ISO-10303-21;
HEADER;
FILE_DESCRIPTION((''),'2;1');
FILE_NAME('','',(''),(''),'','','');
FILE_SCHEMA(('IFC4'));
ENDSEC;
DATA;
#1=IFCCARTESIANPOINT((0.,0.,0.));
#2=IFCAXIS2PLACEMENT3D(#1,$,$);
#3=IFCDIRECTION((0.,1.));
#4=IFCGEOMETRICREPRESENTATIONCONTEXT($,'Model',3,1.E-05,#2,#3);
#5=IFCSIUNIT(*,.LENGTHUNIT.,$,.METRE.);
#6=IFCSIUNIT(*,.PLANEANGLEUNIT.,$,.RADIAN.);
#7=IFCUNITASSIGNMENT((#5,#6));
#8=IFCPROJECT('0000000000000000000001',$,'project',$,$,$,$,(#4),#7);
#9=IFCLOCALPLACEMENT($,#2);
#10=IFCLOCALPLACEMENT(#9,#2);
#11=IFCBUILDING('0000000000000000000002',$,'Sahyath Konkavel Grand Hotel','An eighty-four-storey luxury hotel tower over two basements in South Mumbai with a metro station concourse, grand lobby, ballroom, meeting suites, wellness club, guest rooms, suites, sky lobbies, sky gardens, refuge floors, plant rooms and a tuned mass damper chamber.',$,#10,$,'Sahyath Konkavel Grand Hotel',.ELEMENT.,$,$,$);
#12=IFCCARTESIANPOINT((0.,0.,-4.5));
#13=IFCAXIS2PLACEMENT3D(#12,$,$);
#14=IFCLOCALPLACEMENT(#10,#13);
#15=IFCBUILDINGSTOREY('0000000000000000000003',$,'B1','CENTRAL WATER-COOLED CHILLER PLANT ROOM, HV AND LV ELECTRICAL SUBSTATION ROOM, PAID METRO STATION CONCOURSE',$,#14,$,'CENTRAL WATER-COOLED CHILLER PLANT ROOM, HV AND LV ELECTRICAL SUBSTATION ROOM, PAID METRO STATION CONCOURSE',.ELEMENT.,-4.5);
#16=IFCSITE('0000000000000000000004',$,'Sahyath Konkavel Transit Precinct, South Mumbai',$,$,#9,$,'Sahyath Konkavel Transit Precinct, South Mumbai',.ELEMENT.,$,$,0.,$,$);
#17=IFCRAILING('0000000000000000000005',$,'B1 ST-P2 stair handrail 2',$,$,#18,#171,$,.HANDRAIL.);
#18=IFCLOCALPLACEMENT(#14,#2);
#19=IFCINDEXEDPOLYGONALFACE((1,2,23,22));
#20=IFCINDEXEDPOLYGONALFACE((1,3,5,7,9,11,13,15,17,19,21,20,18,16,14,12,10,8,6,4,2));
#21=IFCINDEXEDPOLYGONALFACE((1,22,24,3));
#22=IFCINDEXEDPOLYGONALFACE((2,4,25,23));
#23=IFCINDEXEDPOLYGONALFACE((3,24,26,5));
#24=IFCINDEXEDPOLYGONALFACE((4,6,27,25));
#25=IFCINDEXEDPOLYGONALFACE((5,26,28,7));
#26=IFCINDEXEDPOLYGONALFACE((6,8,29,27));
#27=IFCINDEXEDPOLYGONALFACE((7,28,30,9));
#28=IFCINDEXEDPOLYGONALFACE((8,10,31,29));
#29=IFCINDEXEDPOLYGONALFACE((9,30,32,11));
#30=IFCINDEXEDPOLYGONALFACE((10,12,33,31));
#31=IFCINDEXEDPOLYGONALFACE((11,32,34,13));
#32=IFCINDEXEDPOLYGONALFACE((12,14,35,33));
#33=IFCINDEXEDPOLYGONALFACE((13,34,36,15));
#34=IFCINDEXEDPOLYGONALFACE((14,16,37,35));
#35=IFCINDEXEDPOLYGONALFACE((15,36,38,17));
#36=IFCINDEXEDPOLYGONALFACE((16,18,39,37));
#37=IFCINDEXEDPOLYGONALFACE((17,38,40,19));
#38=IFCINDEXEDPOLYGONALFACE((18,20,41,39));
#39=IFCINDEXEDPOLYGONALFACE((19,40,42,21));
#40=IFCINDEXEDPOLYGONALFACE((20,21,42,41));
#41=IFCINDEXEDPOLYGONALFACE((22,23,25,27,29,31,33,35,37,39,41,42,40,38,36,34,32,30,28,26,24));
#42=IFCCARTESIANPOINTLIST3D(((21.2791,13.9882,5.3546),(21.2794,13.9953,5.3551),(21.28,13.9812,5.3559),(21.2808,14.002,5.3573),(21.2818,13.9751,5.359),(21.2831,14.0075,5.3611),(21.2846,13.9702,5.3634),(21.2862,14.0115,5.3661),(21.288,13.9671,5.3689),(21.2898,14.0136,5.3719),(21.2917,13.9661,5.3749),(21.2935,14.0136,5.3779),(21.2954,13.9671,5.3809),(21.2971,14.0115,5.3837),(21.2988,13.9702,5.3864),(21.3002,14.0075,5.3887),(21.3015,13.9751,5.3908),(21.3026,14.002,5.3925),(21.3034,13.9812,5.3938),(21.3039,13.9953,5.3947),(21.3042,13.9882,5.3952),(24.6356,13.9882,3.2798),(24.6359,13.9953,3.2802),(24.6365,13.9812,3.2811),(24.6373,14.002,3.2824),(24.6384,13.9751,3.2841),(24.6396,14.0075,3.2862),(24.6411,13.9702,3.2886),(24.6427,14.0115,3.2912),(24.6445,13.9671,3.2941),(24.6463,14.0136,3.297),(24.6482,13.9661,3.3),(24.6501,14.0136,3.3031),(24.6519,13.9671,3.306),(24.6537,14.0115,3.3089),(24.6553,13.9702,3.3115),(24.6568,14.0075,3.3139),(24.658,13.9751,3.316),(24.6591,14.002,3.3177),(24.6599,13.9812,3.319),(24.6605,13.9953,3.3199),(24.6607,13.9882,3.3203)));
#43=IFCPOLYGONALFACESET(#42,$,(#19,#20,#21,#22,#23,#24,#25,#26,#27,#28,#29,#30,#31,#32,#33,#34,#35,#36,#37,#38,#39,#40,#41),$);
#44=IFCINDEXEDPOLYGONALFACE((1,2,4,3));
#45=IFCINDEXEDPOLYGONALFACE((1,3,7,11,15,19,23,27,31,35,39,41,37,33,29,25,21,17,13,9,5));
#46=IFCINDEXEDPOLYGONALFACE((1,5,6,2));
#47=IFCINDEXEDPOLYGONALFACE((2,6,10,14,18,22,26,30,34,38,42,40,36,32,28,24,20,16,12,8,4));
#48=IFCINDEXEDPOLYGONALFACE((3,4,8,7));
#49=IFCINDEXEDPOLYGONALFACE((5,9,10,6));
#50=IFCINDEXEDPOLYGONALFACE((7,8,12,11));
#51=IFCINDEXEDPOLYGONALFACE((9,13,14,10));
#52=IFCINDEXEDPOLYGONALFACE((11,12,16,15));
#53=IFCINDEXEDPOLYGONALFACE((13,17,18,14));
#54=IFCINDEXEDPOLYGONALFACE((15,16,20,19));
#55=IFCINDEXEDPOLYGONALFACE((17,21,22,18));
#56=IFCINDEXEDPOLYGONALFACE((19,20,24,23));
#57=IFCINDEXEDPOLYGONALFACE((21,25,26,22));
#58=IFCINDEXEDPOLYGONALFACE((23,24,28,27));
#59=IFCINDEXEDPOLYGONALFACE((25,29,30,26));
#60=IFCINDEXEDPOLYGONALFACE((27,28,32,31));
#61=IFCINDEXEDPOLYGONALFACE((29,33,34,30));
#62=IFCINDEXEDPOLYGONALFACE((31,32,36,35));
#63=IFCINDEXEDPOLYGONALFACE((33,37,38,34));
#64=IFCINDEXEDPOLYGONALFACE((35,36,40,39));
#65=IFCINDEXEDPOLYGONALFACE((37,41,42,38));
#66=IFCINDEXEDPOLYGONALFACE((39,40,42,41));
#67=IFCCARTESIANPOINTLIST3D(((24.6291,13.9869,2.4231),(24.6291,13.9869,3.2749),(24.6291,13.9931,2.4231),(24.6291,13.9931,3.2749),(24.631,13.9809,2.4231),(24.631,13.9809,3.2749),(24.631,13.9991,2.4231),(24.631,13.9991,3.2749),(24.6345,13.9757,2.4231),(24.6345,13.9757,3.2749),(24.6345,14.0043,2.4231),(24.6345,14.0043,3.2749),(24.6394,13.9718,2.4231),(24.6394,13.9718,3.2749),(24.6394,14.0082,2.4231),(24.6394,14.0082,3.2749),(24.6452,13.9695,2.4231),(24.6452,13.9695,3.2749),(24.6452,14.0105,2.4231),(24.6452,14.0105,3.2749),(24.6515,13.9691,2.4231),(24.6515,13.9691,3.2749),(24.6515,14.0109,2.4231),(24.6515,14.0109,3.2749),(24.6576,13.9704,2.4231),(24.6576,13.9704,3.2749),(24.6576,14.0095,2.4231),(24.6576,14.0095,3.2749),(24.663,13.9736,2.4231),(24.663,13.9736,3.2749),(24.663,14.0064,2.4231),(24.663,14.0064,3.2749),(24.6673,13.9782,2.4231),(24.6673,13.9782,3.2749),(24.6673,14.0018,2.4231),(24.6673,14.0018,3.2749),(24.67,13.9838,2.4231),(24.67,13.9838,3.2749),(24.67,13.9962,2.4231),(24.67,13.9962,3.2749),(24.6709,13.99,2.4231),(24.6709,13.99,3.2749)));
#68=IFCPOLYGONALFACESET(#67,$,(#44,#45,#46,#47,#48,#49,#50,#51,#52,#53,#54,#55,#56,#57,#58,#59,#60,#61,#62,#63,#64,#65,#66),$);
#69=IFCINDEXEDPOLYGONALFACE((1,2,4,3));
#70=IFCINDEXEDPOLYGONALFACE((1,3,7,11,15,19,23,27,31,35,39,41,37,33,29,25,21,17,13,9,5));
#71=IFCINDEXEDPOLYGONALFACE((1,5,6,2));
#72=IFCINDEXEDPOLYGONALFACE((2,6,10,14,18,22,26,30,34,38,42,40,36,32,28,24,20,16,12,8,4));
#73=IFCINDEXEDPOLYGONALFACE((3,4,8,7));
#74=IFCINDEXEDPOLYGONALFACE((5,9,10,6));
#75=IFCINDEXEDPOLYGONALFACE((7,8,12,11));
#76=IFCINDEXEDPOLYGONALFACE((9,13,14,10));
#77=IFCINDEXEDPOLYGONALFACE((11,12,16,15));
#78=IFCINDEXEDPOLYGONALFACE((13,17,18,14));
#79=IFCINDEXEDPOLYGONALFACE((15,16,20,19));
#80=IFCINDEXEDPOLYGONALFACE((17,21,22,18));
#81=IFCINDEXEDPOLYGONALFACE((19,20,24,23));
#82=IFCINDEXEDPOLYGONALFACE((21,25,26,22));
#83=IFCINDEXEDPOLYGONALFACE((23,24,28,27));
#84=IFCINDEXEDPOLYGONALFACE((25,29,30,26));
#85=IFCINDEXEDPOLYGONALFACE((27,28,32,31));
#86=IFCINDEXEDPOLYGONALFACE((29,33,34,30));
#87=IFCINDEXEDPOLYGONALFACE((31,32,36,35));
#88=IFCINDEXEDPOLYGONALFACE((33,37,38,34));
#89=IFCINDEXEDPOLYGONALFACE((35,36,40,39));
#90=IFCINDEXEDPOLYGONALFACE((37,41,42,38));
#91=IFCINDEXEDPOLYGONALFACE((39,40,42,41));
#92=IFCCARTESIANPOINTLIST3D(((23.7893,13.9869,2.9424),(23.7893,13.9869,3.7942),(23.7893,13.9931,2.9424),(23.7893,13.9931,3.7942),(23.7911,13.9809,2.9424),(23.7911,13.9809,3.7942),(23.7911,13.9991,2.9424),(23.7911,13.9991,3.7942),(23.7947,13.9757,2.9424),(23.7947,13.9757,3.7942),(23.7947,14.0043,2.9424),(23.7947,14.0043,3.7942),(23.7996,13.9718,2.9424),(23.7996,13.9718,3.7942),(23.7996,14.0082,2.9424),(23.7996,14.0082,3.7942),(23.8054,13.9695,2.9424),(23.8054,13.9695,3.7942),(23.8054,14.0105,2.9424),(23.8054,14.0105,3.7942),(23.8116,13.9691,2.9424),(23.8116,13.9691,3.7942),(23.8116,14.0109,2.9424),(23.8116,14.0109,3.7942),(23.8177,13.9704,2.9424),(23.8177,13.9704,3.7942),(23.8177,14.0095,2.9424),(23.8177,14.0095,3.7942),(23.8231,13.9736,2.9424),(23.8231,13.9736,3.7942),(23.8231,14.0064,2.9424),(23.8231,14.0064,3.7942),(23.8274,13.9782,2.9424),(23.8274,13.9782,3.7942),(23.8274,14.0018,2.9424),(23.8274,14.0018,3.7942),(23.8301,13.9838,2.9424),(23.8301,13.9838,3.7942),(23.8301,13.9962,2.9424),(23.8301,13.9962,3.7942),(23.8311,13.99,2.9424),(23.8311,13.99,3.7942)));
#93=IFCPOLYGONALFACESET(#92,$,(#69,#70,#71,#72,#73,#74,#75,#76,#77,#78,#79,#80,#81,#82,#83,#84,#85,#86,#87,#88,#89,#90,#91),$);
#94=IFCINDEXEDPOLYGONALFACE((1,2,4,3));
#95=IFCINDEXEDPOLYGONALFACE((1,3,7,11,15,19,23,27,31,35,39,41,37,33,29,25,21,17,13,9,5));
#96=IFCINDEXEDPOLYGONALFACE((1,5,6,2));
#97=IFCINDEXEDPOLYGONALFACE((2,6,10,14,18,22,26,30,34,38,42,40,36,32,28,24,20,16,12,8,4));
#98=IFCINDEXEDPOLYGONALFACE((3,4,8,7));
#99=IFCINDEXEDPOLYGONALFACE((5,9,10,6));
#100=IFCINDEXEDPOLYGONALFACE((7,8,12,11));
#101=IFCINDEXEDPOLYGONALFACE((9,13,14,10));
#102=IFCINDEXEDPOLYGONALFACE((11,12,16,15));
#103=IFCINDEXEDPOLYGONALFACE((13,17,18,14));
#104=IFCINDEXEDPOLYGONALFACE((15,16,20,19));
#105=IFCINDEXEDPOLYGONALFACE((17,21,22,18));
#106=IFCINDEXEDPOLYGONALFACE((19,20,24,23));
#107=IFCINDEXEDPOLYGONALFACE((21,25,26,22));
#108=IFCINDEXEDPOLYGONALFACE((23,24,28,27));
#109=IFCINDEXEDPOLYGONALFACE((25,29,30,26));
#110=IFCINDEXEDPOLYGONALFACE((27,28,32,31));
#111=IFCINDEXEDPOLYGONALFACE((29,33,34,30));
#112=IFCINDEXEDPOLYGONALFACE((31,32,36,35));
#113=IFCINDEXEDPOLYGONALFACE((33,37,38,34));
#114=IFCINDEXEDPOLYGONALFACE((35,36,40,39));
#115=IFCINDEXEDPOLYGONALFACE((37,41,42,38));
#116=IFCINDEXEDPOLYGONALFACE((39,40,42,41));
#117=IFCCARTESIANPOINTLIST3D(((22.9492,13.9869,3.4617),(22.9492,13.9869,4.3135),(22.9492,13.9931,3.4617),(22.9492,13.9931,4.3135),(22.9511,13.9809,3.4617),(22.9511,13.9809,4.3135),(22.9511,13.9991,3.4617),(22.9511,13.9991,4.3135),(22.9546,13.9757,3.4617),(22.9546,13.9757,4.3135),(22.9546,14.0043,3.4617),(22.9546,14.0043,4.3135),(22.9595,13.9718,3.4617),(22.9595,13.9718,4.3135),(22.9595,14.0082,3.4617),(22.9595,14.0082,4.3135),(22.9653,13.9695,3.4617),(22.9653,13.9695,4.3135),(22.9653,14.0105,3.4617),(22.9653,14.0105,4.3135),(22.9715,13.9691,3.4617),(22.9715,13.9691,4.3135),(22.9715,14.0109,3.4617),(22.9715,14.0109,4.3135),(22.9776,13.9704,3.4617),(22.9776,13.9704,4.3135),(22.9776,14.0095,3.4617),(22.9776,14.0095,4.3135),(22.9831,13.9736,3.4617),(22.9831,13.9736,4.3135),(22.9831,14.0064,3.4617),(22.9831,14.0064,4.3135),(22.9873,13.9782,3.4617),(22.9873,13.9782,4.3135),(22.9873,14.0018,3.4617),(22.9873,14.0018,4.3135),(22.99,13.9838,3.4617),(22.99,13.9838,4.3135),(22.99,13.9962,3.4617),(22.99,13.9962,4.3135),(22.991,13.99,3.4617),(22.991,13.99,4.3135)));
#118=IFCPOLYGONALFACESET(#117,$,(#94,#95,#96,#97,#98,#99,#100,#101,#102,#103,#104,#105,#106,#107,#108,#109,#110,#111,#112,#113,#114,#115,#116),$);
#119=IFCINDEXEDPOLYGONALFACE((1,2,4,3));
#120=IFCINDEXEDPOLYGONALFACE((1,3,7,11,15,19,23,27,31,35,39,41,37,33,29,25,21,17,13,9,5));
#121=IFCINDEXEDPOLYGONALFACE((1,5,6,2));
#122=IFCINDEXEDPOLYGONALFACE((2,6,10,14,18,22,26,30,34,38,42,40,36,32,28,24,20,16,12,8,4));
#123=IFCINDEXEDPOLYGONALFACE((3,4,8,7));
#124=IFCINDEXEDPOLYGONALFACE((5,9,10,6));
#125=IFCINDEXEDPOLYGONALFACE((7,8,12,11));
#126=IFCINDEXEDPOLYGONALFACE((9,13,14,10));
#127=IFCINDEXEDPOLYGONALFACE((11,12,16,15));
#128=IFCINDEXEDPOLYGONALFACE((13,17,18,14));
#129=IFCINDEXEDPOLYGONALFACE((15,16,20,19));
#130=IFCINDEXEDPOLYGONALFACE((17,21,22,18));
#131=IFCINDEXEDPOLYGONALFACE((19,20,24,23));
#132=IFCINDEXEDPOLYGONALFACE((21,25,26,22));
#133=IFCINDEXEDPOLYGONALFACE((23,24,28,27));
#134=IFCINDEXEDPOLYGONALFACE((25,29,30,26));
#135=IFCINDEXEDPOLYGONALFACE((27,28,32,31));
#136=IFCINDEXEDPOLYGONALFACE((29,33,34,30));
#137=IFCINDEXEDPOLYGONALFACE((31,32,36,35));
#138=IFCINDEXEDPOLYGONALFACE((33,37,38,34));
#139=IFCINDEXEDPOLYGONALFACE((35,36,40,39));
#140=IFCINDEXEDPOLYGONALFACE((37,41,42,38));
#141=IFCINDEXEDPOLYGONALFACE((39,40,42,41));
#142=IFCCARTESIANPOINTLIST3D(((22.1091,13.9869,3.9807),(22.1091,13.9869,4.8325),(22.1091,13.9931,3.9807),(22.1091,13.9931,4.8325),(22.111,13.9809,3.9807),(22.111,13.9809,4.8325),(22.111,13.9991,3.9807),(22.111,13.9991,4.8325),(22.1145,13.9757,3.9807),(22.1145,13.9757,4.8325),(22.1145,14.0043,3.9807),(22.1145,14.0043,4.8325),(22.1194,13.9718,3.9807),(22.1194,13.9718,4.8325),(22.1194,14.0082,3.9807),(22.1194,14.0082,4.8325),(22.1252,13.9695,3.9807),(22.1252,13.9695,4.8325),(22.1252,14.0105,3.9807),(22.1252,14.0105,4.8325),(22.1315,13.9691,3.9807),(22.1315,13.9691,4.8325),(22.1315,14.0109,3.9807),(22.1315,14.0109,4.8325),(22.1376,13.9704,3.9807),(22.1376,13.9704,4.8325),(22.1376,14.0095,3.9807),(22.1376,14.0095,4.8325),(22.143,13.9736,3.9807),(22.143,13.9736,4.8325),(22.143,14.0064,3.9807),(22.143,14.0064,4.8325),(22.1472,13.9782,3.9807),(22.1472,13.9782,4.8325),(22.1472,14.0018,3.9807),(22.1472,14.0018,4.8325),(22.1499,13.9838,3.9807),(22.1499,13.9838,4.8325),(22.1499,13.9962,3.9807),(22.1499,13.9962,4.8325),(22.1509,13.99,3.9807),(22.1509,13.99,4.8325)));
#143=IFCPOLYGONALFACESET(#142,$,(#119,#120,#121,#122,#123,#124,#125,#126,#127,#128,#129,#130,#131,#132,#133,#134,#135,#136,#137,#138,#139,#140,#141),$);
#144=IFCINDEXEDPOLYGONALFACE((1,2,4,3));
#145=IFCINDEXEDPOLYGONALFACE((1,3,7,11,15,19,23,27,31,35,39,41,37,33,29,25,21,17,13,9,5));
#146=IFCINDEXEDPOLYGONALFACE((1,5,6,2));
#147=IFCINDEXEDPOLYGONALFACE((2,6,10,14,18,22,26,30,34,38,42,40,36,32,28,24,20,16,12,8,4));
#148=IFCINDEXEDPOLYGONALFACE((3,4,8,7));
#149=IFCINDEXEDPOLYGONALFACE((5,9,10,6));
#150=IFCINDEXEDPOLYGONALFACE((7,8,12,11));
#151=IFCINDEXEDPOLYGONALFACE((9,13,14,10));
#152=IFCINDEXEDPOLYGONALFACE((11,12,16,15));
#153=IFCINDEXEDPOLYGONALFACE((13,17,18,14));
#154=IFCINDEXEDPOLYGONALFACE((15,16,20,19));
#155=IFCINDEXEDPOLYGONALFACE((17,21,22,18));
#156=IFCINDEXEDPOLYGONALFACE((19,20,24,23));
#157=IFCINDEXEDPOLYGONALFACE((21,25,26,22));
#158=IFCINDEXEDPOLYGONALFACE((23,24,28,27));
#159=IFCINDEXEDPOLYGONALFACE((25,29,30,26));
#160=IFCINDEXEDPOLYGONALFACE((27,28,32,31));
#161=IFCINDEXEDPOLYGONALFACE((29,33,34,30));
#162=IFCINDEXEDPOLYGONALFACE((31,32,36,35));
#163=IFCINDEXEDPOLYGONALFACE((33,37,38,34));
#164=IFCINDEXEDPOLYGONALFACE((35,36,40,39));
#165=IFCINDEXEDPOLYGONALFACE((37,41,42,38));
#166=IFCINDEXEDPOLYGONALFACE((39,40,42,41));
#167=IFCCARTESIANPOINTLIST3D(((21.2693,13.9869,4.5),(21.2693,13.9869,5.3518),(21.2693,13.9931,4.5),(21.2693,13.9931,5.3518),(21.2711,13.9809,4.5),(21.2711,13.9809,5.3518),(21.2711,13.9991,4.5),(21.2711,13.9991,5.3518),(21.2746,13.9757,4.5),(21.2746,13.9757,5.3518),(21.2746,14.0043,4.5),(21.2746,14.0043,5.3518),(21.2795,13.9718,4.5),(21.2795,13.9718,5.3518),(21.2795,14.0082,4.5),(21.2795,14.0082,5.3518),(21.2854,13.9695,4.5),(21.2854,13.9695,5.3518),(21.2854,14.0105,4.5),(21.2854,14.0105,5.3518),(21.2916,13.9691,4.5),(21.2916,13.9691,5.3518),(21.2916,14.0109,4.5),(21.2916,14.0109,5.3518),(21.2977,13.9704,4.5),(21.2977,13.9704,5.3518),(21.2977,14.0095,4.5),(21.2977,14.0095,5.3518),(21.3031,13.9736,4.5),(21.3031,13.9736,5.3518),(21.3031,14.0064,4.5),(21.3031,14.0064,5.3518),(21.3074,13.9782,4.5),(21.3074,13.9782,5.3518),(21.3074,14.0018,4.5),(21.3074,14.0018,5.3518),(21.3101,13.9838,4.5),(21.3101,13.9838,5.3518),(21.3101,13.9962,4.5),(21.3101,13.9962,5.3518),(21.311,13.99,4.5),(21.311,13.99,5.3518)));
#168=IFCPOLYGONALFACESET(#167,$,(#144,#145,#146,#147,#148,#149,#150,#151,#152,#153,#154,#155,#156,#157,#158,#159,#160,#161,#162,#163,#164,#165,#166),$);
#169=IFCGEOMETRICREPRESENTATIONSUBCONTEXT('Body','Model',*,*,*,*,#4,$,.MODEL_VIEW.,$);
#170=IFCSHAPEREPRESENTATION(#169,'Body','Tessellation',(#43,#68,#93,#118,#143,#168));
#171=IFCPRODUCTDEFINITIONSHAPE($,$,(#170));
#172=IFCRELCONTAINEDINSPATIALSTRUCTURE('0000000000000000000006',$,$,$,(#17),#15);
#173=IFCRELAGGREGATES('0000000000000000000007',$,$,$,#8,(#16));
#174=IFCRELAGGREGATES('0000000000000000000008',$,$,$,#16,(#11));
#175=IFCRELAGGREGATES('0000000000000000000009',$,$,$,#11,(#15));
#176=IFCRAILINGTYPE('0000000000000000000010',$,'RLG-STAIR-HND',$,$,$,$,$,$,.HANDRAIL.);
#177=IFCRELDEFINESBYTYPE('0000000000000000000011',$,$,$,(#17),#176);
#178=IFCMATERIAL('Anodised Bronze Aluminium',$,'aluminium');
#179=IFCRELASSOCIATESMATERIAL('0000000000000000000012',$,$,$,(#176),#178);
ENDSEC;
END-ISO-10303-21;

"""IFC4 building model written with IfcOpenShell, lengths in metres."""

from ifc_helpers import new_model, si_unit, direction, frame, origin, origin_2d, place, context, subcontext, project, spatial, circle, extrude, material, type_object, element, save


model = new_model("IFC4")

# Units and contexts
model_context = context("Model", 3, precision=1e-05, world=origin(), true_north=direction((0.0, 1.0)))
body_context = subcontext(model_context, "Body", "Model", "MODEL_VIEW")
ifc_project = project(units=[si_unit("LENGTHUNIT", "METRE"), si_unit("PLANEANGLEUNIT", "RADIAN")], contexts=[model_context])

# Site, building, storey
site_placement = place(None, origin())
site = spatial("IfcSite", under=ifc_project, at=site_placement, Name="Sahyath Konkavel Transit Precinct, South Mumbai", LongName="Sahyath Konkavel Transit Precinct, South Mumbai", CompositionType="ELEMENT", RefElevation=0.0)
building_placement = place(site_placement, origin())
building = spatial("IfcBuilding", under=site, at=building_placement, Name="Sahyath Konkavel Grand Hotel", Description="An eighty-four-storey luxury hotel tower over two basements in South Mumbai with a metro station concourse, grand lobby, ballroom, meeting suites, wellness club, guest rooms, suites, sky lobbies, sky gardens, refuge floors, plant rooms and a tuned mass damper chamber.", LongName="Sahyath Konkavel Grand Hotel", CompositionType="ELEMENT")
storey_placement = place(building_placement, frame((0.0, 0.0, -4.5)))
storey = spatial("IfcBuildingStorey", under=building, at=storey_placement, Name="B1", Description="CENTRAL WATER-COOLED CHILLER PLANT ROOM, HV AND LV ELECTRICAL SUBSTATION ROOM, PAID METRO STATION CONCOURSE", LongName="CENTRAL WATER-COOLED CHILLER PLANT ROOM, HV AND LV ELECTRICAL SUBSTATION ROOM, PAID METRO STATION CONCOURSE", CompositionType="ELEMENT", Elevation=-4.5)

# Railing
ifc_material_1 = material(Name="Anodised Bronze Aluminium", Category="aluminium")
railing_type_1 = type_object("IfcRailingType", Name="RLG-STAIR-HND", PredefinedType="HANDRAIL", material=ifc_material_1)
railing_1_placement = place(storey_placement, frame((24.6499, 13.99, 2.4231)))
element("IfcRailing", 1, at=railing_1_placement, inside=storey, type_object=railing_type_1, Name="B1 ST-P2 stair handrail 2", PredefinedType="HANDRAIL", context=body_context, shape_type="SweptSolid", body=[
    extrude(circle(Radius=0.0239, at=origin_2d()), frame((-0.0017, 0.0, 0.877), z_axis=(-0.850606, 0.0, 0.525803), x_axis=(0.0, -1.0, 0.0)), (0.0, 0.0, 1.0), 3.946),
    extrude(circle(Radius=0.021, at=origin_2d()), origin(), (0.0, 0.0, 1.0), 0.8518),
    extrude(circle(Radius=0.021, at=origin_2d()), frame((-0.8398, 0.0, 0.5193)), (0.0, 0.0, 1.0), 0.8518),
    extrude(circle(Radius=0.021, at=origin_2d()), frame((-1.6799, 0.0, 1.0386)), (0.0, 0.0, 1.0), 0.8518),
    extrude(circle(Radius=0.021, at=origin_2d()), frame((-2.52, 0.0, 1.5576)), (0.0, 0.0, 1.0), 0.8518),
    extrude(circle(Radius=0.021, at=origin_2d()), frame((-3.3599, 0.0, 2.0769)), (0.0, 0.0, 1.0), 0.8518),
])

save(model, "model.ifc")
